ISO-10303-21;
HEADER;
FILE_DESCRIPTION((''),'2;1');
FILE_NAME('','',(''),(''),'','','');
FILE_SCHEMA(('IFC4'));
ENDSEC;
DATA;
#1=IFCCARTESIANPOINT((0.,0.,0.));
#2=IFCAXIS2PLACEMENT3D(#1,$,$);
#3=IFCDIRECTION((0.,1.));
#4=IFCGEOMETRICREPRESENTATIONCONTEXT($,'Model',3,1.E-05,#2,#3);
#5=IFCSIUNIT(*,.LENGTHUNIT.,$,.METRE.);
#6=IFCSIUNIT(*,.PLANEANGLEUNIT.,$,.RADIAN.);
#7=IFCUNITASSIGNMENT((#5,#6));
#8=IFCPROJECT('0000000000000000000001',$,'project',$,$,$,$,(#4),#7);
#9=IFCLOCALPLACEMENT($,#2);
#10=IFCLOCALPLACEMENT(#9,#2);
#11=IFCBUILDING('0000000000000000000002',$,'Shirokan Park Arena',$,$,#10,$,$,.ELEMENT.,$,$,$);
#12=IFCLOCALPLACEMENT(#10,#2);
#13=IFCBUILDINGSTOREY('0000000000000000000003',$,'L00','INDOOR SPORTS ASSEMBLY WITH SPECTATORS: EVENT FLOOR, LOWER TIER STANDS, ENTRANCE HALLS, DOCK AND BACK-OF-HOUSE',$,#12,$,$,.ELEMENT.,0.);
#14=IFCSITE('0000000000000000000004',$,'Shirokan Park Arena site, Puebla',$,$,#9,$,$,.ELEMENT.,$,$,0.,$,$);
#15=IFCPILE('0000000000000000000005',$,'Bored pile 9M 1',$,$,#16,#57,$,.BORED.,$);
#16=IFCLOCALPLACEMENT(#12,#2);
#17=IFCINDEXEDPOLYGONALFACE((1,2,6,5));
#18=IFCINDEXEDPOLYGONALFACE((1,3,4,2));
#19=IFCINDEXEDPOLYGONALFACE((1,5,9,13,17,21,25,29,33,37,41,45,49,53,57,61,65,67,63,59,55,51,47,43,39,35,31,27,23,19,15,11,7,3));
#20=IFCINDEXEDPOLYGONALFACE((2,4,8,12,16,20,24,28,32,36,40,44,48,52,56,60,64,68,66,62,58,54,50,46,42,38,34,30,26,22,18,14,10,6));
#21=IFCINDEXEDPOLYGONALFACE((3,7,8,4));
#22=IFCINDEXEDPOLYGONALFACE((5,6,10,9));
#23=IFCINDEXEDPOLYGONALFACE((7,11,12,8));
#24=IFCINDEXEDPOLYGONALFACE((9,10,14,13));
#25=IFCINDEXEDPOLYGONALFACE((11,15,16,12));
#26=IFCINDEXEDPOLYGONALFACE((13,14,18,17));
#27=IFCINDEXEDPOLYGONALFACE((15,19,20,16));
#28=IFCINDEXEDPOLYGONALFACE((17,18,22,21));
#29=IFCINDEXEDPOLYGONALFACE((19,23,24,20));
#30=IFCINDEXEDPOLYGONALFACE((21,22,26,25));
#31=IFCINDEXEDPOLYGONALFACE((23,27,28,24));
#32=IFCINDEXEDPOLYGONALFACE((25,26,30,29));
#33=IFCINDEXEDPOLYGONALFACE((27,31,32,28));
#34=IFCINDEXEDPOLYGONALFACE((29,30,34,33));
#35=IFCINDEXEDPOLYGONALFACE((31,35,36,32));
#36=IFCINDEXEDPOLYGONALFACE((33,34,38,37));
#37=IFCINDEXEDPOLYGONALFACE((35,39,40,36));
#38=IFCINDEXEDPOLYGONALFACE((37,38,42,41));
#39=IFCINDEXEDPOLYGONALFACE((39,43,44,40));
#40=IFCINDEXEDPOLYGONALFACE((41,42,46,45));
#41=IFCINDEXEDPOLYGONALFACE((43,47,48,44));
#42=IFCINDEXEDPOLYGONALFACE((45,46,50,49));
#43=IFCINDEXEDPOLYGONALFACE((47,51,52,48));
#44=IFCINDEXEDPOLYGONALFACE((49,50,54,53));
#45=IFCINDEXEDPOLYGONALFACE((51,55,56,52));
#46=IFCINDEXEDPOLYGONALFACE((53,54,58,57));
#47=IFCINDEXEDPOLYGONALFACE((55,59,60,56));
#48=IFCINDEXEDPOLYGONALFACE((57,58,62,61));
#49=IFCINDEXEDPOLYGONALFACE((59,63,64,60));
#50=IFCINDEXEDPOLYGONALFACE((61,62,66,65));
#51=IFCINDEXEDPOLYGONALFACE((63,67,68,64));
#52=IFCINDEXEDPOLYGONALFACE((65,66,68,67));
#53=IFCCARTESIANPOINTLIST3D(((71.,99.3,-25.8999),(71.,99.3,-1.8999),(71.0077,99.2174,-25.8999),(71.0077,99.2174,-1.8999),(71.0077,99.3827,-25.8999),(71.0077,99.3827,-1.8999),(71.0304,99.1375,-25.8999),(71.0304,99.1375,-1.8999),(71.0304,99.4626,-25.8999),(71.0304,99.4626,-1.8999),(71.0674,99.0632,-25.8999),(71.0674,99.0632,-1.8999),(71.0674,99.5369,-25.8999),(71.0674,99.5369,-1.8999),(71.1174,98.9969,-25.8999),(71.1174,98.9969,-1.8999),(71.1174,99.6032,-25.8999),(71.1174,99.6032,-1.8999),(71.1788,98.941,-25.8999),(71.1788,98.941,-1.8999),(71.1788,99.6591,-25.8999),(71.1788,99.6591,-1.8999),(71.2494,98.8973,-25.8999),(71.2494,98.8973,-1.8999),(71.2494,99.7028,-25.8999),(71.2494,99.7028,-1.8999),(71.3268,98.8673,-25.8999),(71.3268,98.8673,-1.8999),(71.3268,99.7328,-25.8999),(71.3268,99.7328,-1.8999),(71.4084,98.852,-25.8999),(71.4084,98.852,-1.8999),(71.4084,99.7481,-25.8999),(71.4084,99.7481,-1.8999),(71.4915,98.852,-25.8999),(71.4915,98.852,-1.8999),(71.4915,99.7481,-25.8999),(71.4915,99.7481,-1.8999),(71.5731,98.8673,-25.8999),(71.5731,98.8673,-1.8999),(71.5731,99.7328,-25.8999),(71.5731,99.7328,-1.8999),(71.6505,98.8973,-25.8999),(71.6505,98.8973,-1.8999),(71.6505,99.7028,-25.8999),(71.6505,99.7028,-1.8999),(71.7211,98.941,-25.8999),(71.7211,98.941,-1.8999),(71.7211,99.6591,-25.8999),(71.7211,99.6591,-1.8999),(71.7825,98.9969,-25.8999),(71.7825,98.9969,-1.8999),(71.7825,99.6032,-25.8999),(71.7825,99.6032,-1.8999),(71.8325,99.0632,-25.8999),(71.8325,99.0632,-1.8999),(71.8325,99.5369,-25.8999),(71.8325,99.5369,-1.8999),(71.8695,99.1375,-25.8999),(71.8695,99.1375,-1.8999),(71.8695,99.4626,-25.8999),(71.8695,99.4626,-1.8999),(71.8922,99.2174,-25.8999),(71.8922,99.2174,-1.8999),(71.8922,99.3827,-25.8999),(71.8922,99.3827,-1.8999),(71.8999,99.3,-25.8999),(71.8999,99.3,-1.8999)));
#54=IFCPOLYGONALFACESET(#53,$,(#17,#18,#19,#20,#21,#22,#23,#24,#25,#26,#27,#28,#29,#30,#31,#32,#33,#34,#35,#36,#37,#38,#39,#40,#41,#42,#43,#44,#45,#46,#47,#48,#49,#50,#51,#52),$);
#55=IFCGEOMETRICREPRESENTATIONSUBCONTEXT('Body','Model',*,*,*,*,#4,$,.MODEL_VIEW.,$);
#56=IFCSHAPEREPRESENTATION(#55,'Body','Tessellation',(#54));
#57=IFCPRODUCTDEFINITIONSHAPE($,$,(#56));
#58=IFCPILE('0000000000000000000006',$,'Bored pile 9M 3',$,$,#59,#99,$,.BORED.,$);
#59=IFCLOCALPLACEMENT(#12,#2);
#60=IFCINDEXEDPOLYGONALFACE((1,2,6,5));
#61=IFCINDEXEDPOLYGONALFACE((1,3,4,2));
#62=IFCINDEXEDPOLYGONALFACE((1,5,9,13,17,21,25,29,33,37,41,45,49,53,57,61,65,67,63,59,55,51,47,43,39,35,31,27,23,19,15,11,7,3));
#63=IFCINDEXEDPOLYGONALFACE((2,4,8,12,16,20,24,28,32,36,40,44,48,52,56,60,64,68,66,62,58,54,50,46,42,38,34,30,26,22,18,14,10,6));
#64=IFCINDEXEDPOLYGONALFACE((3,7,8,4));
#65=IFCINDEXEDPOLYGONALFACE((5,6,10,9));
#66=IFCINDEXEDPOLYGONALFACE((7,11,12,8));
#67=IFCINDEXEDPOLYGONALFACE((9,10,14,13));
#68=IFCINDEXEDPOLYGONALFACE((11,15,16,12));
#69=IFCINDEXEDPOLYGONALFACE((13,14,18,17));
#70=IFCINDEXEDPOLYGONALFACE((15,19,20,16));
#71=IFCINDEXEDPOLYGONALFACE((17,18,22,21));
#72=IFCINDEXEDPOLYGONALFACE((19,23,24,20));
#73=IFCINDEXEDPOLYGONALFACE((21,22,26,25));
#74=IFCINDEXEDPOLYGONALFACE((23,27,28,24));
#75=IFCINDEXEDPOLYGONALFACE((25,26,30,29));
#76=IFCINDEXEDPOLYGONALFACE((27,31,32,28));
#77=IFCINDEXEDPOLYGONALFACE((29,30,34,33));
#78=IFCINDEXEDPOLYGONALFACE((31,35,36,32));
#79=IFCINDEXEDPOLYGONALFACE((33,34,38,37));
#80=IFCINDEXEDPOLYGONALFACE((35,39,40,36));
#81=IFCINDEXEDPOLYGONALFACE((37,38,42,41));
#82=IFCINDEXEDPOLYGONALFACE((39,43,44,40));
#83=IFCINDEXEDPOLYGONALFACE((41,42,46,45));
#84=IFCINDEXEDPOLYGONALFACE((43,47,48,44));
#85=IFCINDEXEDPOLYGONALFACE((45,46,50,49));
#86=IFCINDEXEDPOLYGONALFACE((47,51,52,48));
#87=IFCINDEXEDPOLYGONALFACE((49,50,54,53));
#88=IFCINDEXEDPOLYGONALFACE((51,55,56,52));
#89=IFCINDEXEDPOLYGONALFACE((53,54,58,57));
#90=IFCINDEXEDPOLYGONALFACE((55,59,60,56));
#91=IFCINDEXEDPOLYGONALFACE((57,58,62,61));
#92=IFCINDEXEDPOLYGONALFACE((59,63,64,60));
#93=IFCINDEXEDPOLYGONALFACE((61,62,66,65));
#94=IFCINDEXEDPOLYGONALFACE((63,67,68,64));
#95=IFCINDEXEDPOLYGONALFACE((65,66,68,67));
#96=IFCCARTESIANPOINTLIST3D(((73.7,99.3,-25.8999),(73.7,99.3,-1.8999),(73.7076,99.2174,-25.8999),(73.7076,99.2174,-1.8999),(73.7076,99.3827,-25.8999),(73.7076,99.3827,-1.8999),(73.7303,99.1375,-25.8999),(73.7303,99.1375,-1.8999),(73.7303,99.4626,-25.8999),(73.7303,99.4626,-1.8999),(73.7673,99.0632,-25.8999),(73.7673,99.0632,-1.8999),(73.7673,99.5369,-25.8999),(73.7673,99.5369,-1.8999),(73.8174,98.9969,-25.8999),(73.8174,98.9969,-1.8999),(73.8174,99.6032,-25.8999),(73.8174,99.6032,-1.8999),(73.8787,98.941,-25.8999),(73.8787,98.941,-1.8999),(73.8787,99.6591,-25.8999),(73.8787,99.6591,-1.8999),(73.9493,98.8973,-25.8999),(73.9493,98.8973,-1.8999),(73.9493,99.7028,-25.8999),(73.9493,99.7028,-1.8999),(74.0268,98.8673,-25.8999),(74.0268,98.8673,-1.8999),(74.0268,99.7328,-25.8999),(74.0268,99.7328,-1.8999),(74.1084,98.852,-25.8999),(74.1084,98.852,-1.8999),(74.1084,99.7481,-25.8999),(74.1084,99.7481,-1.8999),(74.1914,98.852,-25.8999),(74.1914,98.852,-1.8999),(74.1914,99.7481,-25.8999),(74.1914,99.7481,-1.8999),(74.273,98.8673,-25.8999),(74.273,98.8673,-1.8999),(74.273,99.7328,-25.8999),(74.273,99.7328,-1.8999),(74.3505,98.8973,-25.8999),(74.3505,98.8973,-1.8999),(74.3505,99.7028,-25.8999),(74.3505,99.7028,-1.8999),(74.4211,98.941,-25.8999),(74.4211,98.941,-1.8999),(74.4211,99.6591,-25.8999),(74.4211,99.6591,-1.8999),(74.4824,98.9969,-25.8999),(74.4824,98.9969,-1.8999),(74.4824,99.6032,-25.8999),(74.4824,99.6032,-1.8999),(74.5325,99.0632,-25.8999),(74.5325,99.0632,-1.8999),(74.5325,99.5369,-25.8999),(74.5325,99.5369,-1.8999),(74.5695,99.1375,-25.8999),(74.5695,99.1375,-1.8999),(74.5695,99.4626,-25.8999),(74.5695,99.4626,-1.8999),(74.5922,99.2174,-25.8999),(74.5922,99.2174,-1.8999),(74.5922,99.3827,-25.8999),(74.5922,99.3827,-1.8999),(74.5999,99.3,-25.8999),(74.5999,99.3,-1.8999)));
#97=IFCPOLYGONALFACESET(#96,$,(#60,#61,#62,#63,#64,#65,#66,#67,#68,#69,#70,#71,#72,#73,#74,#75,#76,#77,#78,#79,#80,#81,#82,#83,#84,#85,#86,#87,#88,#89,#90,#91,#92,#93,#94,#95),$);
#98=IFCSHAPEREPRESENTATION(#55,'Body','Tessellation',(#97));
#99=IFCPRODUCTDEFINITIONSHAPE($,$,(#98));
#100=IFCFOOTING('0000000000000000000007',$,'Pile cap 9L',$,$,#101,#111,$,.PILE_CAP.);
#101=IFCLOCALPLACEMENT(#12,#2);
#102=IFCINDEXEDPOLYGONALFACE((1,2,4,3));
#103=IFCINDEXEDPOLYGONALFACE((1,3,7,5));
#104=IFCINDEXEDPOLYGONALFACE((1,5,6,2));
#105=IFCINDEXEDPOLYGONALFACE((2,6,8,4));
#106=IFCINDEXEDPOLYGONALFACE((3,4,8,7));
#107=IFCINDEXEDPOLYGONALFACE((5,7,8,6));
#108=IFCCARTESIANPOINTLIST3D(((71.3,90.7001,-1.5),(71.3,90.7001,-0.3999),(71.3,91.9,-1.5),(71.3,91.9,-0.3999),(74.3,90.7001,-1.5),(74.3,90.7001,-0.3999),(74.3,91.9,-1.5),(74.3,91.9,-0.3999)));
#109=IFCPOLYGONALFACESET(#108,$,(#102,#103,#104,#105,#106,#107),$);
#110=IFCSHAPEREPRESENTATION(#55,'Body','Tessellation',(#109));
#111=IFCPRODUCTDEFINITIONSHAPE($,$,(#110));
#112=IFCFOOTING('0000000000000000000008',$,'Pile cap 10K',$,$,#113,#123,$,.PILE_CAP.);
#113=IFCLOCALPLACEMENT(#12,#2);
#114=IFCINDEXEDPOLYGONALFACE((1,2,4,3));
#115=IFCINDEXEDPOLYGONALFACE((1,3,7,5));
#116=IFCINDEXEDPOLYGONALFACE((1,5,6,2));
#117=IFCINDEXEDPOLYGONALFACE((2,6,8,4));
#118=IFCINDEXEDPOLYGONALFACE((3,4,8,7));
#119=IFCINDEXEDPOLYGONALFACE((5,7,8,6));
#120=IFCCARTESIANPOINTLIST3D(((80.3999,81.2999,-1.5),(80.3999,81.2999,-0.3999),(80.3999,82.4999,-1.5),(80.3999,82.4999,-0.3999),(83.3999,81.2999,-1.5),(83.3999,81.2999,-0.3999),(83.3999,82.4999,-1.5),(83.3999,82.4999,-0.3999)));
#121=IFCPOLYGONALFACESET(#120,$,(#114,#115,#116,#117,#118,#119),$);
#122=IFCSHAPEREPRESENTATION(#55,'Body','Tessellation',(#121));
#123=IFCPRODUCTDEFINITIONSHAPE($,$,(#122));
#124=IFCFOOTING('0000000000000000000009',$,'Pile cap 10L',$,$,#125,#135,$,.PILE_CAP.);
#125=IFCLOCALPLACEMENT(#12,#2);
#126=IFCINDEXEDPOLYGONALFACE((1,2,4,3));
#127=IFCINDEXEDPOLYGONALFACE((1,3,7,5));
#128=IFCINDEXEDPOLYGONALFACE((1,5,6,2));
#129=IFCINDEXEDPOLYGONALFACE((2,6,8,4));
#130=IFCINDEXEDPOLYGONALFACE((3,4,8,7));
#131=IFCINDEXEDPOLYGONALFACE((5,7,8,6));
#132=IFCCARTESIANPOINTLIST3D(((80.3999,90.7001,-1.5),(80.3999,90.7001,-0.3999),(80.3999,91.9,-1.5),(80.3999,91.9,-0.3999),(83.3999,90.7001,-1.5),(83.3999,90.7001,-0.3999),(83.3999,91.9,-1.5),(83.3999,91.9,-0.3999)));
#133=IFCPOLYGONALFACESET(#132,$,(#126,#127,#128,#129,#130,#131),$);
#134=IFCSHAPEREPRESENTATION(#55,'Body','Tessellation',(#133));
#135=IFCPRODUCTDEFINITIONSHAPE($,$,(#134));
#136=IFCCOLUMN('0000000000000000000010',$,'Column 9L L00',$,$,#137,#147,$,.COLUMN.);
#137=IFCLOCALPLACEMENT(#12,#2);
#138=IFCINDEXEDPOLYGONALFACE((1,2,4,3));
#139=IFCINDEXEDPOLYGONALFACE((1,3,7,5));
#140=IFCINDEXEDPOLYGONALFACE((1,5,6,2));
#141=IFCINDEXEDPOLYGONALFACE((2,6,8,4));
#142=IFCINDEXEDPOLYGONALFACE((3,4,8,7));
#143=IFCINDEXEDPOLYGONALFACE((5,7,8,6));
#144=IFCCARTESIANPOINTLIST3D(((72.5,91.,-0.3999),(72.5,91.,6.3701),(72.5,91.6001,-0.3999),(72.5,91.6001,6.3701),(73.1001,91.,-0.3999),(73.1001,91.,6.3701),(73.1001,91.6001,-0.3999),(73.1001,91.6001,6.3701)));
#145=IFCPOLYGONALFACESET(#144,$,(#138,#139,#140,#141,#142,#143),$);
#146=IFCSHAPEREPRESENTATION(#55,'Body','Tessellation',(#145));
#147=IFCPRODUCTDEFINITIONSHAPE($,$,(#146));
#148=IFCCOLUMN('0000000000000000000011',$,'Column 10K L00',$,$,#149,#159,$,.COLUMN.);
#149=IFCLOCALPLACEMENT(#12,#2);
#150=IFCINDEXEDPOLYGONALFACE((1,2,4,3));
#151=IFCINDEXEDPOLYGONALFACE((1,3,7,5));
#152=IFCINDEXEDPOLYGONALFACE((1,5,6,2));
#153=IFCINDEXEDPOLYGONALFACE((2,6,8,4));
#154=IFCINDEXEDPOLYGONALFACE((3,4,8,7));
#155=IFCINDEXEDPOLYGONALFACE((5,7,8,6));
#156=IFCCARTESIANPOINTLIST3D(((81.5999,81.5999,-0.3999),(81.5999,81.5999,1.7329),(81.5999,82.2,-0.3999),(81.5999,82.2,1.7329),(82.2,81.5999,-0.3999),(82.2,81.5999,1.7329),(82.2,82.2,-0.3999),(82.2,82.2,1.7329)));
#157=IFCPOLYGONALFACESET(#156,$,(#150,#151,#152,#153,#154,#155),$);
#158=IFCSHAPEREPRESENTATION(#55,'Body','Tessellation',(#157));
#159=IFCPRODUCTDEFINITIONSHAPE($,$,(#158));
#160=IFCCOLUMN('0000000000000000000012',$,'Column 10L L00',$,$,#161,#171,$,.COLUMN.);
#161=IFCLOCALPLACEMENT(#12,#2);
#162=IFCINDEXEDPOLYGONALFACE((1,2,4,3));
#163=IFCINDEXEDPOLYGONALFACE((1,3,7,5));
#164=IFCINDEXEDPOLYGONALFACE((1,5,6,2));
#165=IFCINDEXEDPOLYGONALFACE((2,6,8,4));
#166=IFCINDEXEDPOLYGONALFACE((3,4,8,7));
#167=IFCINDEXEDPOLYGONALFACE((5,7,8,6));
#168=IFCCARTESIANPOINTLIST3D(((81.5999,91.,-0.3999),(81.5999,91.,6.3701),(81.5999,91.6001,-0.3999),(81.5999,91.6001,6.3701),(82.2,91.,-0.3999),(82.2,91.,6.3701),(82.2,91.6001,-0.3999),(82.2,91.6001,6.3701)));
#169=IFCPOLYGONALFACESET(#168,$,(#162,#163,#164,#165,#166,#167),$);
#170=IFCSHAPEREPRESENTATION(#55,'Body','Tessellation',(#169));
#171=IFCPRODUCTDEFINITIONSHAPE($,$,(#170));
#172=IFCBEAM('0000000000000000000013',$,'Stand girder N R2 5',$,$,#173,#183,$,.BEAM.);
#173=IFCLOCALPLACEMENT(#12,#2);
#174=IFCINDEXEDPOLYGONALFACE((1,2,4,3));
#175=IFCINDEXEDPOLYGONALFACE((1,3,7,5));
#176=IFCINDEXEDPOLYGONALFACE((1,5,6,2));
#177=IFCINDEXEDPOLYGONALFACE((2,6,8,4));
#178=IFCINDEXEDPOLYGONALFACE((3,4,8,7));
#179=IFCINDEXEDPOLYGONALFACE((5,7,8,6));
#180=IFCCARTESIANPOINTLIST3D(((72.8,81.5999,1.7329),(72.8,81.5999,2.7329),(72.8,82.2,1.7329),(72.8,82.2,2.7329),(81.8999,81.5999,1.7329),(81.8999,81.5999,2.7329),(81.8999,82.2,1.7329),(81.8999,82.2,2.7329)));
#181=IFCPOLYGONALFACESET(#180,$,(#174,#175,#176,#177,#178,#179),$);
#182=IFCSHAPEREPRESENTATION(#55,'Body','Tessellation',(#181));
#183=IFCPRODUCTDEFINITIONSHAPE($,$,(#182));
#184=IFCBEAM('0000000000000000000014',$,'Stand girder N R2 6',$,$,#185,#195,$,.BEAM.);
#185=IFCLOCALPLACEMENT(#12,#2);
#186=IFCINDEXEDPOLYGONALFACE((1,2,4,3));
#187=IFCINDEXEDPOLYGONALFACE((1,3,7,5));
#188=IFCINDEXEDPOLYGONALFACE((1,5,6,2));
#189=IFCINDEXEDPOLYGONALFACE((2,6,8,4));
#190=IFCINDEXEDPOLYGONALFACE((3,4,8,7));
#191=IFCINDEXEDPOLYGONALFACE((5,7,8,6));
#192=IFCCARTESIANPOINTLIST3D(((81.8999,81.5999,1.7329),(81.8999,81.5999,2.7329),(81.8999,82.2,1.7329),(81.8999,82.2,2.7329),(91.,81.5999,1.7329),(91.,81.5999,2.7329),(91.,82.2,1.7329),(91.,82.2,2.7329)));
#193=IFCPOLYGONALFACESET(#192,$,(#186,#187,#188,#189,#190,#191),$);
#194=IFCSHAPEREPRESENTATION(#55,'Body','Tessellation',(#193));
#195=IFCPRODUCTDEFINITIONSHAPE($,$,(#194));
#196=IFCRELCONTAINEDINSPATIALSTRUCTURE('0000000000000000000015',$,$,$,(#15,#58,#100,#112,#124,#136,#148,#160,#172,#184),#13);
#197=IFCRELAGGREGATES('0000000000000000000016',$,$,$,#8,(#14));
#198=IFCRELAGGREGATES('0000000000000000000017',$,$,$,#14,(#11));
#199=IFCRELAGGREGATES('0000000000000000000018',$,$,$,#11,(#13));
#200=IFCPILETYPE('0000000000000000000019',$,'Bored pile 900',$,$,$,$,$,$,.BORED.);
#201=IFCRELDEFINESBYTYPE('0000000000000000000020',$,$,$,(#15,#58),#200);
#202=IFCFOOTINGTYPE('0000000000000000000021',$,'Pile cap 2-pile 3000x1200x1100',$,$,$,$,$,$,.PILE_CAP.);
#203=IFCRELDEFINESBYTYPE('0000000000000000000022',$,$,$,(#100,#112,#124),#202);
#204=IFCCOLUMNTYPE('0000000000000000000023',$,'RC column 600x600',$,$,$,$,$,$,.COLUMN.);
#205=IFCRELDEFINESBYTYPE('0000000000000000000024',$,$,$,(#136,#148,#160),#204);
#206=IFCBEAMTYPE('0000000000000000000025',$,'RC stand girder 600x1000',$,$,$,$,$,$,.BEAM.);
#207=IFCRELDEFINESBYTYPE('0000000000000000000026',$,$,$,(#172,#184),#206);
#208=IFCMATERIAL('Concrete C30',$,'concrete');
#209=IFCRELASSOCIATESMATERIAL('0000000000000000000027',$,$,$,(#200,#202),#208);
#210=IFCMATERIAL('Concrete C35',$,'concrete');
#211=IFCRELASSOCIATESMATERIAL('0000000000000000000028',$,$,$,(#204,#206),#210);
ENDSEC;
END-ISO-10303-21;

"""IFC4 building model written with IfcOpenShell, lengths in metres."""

from ifc_helpers import new_model, si_unit, direction, frame, origin, origin_2d, place, context, subcontext, project, spatial, rectangle, circle, extrude, material, material_profile, profile_set, type_object, element, save


model = new_model("IFC4")

# Units and contexts
model_context = context("Model", 3, precision=1e-05, world=origin(), true_north=direction((0.0, 1.0)))
body_context = subcontext(model_context, "Body", "Model", "MODEL_VIEW")
ifc_project = project(units=[si_unit("LENGTHUNIT", "METRE"), si_unit("PLANEANGLEUNIT", "RADIAN")], contexts=[model_context])

# Site, building, storey
site_placement = place(None, origin())
site = spatial("IfcSite", under=ifc_project, at=site_placement, Name="Shirokan Park Arena site, Puebla", CompositionType="ELEMENT", RefElevation=0.0)
building_placement = place(site_placement, origin())
building = spatial("IfcBuilding", under=site, at=building_placement, Name="Shirokan Park Arena", CompositionType="ELEMENT")
storey_placement = place(building_placement, origin())
storey = spatial("IfcBuildingStorey", under=building, at=storey_placement, Name="L00", Description="INDOOR SPORTS ASSEMBLY WITH SPECTATORS: EVENT FLOOR, LOWER TIER STANDS, ENTRANCE HALLS, DOCK AND BACK-OF-HOUSE", CompositionType="ELEMENT", Elevation=0.0)

# Piles
ifc_material_1 = material(Name="Concrete C30", Category="concrete")
ifc_material_profile_1 = material_profile(ifc_material_1, circle(Radius=0.45, at=origin_2d()), Name="D900")
ifc_profile_set_1 = profile_set([ifc_material_profile_1], Name="Concrete C30")
pile_type_1 = type_object("IfcPileType", Name="Bored pile 900", PredefinedType="BORED", material=ifc_profile_set_1)
for number, where, z_axis, x_axis, name in (
    (1, (71.45, 99.3, -1.8999), (0.0, 0.0, -1.0), (1.0, 0.0, 0.0), "Bored pile 9M 1"),
    (2, (74.1499, 99.3, -1.8999), (0.0, 0.0, -1.0), (1.0, 0.0, 0.0), "Bored pile 9M 3"),
):
    element("IfcPile", number, at=place(storey_placement, frame(where, z_axis=z_axis, x_axis=x_axis)), inside=storey, type_object=pile_type_1, Name=name, PredefinedType="BORED", context=body_context, shape_type="SweptSolid", body=[
        extrude(circle(Radius=0.45, at=origin_2d()), origin(), (0.0, 0.0, 1.0), 24.0),
    ])

# Footings
footing_type = type_object("IfcFootingType", Name="Pile cap 2-pile 3000x1200x1100", PredefinedType="PILE_CAP", material=ifc_material_1)
for number, where, z_axis, x_axis, name in (
    (3, (72.8, 91.3, -1.5), (0.0, 0.0, 1.0), (1.0, 0.0, 0.0), "Pile cap 9L"),
    (4, (81.8999, 81.8999, -1.5), (0.0, 0.0, 1.0), (1.0, 0.0, 0.0), "Pile cap 10K"),
    (5, (81.8999, 91.3, -1.5), (0.0, 0.0, 1.0), (1.0, 0.0, 0.0), "Pile cap 10L"),
):
    element("IfcFooting", number, at=place(storey_placement, frame(where, z_axis=z_axis, x_axis=x_axis)), inside=storey, type_object=footing_type, Name=name, PredefinedType="PILE_CAP", context=body_context, shape_type="SweptSolid", body=[
        extrude(rectangle(XDim=3.0, YDim=1.2, at=origin_2d()), origin(), (0.0, 0.0, 1.0), 1.1001),
    ])

# Columns
ifc_material_2 = material(Name="Concrete C35", Category="concrete")
ifc_material_profile_2 = material_profile(ifc_material_2, rectangle(XDim=0.6001, YDim=0.6001, at=origin_2d()), Name="600x600")
ifc_profile_set_2 = profile_set([ifc_material_profile_2], Name="Concrete C35")
column_type = type_object("IfcColumnType", Name="RC column 600x600", PredefinedType="COLUMN", material=ifc_profile_set_2)
column_1_placement = place(storey_placement, frame((72.8, 91.3, -0.3999), z_axis=(0.0, 0.0, 1.0), x_axis=(1.0, 0.0, 0.0)))
element("IfcColumn", 6, at=column_1_placement, inside=storey, type_object=column_type, Name="Column 9L L00", PredefinedType="COLUMN", context=body_context, shape_type="SweptSolid", body=[
    extrude(rectangle(XDim=0.6001, YDim=0.6001, at=origin_2d()), origin(), (0.0, 0.0, 1.0), 6.77),
])
column_2_placement = place(storey_placement, frame((81.8999, 81.8999, -0.3999), z_axis=(0.0, 0.0, 1.0), x_axis=(1.0, 0.0, 0.0)))
element("IfcColumn", 7, at=column_2_placement, inside=storey, type_object=column_type, Name="Column 10K L00", PredefinedType="COLUMN", context=body_context, shape_type="SweptSolid", body=[
    extrude(rectangle(XDim=0.6001, YDim=0.6001, at=origin_2d()), origin(), (0.0, 0.0, 1.0), 2.1328),
])
column_3_placement = place(storey_placement, frame((81.8999, 91.3, -0.3999), z_axis=(0.0, 0.0, 1.0), x_axis=(1.0, 0.0, 0.0)))
element("IfcColumn", 8, at=column_3_placement, inside=storey, type_object=column_type, Name="Column 10L L00", PredefinedType="COLUMN", context=body_context, shape_type="SweptSolid", body=[
    extrude(rectangle(XDim=0.6001, YDim=0.6001, at=origin_2d()), origin(), (0.0, 0.0, 1.0), 6.77),
])

# Beams
ifc_material_profile_3 = material_profile(ifc_material_2, rectangle(XDim=0.6001, YDim=1.0, at=origin_2d()), Name="600x1000")
ifc_profile_set_3 = profile_set([ifc_material_profile_3], Name="Concrete C35")
beam_type = type_object("IfcBeamType", Name="RC stand girder 600x1000", PredefinedType="BEAM", material=ifc_profile_set_3)
beam_1_placement = place(storey_placement, frame((72.8, 81.8999, 2.2329), z_axis=(1.0, 0.0, 0.0), x_axis=(0.0, 1.0, 0.0)))
element("IfcBeam", 9, at=beam_1_placement, inside=storey, type_object=beam_type, Name="Stand girder N R2 5", PredefinedType="BEAM", context=body_context, shape_type="SweptSolid", body=[
    extrude(rectangle(XDim=0.6001, YDim=1.0, at=origin_2d()), origin(), (0.0, 0.0, 1.0), 9.0999),
])
beam_2_placement = place(storey_placement, frame((81.8999, 81.8999, 2.2329), z_axis=(1.0, 0.0, 0.0), x_axis=(0.0, 1.0, 0.0)))
element("IfcBeam", 10, at=beam_2_placement, inside=storey, type_object=beam_type, Name="Stand girder N R2 6", PredefinedType="BEAM", context=body_context, shape_type="SweptSolid", body=[
    extrude(rectangle(XDim=0.6001, YDim=1.0, at=origin_2d()), origin(), (0.0, 0.0, 1.0), 9.1001),
])

save(model, "model.ifc")
